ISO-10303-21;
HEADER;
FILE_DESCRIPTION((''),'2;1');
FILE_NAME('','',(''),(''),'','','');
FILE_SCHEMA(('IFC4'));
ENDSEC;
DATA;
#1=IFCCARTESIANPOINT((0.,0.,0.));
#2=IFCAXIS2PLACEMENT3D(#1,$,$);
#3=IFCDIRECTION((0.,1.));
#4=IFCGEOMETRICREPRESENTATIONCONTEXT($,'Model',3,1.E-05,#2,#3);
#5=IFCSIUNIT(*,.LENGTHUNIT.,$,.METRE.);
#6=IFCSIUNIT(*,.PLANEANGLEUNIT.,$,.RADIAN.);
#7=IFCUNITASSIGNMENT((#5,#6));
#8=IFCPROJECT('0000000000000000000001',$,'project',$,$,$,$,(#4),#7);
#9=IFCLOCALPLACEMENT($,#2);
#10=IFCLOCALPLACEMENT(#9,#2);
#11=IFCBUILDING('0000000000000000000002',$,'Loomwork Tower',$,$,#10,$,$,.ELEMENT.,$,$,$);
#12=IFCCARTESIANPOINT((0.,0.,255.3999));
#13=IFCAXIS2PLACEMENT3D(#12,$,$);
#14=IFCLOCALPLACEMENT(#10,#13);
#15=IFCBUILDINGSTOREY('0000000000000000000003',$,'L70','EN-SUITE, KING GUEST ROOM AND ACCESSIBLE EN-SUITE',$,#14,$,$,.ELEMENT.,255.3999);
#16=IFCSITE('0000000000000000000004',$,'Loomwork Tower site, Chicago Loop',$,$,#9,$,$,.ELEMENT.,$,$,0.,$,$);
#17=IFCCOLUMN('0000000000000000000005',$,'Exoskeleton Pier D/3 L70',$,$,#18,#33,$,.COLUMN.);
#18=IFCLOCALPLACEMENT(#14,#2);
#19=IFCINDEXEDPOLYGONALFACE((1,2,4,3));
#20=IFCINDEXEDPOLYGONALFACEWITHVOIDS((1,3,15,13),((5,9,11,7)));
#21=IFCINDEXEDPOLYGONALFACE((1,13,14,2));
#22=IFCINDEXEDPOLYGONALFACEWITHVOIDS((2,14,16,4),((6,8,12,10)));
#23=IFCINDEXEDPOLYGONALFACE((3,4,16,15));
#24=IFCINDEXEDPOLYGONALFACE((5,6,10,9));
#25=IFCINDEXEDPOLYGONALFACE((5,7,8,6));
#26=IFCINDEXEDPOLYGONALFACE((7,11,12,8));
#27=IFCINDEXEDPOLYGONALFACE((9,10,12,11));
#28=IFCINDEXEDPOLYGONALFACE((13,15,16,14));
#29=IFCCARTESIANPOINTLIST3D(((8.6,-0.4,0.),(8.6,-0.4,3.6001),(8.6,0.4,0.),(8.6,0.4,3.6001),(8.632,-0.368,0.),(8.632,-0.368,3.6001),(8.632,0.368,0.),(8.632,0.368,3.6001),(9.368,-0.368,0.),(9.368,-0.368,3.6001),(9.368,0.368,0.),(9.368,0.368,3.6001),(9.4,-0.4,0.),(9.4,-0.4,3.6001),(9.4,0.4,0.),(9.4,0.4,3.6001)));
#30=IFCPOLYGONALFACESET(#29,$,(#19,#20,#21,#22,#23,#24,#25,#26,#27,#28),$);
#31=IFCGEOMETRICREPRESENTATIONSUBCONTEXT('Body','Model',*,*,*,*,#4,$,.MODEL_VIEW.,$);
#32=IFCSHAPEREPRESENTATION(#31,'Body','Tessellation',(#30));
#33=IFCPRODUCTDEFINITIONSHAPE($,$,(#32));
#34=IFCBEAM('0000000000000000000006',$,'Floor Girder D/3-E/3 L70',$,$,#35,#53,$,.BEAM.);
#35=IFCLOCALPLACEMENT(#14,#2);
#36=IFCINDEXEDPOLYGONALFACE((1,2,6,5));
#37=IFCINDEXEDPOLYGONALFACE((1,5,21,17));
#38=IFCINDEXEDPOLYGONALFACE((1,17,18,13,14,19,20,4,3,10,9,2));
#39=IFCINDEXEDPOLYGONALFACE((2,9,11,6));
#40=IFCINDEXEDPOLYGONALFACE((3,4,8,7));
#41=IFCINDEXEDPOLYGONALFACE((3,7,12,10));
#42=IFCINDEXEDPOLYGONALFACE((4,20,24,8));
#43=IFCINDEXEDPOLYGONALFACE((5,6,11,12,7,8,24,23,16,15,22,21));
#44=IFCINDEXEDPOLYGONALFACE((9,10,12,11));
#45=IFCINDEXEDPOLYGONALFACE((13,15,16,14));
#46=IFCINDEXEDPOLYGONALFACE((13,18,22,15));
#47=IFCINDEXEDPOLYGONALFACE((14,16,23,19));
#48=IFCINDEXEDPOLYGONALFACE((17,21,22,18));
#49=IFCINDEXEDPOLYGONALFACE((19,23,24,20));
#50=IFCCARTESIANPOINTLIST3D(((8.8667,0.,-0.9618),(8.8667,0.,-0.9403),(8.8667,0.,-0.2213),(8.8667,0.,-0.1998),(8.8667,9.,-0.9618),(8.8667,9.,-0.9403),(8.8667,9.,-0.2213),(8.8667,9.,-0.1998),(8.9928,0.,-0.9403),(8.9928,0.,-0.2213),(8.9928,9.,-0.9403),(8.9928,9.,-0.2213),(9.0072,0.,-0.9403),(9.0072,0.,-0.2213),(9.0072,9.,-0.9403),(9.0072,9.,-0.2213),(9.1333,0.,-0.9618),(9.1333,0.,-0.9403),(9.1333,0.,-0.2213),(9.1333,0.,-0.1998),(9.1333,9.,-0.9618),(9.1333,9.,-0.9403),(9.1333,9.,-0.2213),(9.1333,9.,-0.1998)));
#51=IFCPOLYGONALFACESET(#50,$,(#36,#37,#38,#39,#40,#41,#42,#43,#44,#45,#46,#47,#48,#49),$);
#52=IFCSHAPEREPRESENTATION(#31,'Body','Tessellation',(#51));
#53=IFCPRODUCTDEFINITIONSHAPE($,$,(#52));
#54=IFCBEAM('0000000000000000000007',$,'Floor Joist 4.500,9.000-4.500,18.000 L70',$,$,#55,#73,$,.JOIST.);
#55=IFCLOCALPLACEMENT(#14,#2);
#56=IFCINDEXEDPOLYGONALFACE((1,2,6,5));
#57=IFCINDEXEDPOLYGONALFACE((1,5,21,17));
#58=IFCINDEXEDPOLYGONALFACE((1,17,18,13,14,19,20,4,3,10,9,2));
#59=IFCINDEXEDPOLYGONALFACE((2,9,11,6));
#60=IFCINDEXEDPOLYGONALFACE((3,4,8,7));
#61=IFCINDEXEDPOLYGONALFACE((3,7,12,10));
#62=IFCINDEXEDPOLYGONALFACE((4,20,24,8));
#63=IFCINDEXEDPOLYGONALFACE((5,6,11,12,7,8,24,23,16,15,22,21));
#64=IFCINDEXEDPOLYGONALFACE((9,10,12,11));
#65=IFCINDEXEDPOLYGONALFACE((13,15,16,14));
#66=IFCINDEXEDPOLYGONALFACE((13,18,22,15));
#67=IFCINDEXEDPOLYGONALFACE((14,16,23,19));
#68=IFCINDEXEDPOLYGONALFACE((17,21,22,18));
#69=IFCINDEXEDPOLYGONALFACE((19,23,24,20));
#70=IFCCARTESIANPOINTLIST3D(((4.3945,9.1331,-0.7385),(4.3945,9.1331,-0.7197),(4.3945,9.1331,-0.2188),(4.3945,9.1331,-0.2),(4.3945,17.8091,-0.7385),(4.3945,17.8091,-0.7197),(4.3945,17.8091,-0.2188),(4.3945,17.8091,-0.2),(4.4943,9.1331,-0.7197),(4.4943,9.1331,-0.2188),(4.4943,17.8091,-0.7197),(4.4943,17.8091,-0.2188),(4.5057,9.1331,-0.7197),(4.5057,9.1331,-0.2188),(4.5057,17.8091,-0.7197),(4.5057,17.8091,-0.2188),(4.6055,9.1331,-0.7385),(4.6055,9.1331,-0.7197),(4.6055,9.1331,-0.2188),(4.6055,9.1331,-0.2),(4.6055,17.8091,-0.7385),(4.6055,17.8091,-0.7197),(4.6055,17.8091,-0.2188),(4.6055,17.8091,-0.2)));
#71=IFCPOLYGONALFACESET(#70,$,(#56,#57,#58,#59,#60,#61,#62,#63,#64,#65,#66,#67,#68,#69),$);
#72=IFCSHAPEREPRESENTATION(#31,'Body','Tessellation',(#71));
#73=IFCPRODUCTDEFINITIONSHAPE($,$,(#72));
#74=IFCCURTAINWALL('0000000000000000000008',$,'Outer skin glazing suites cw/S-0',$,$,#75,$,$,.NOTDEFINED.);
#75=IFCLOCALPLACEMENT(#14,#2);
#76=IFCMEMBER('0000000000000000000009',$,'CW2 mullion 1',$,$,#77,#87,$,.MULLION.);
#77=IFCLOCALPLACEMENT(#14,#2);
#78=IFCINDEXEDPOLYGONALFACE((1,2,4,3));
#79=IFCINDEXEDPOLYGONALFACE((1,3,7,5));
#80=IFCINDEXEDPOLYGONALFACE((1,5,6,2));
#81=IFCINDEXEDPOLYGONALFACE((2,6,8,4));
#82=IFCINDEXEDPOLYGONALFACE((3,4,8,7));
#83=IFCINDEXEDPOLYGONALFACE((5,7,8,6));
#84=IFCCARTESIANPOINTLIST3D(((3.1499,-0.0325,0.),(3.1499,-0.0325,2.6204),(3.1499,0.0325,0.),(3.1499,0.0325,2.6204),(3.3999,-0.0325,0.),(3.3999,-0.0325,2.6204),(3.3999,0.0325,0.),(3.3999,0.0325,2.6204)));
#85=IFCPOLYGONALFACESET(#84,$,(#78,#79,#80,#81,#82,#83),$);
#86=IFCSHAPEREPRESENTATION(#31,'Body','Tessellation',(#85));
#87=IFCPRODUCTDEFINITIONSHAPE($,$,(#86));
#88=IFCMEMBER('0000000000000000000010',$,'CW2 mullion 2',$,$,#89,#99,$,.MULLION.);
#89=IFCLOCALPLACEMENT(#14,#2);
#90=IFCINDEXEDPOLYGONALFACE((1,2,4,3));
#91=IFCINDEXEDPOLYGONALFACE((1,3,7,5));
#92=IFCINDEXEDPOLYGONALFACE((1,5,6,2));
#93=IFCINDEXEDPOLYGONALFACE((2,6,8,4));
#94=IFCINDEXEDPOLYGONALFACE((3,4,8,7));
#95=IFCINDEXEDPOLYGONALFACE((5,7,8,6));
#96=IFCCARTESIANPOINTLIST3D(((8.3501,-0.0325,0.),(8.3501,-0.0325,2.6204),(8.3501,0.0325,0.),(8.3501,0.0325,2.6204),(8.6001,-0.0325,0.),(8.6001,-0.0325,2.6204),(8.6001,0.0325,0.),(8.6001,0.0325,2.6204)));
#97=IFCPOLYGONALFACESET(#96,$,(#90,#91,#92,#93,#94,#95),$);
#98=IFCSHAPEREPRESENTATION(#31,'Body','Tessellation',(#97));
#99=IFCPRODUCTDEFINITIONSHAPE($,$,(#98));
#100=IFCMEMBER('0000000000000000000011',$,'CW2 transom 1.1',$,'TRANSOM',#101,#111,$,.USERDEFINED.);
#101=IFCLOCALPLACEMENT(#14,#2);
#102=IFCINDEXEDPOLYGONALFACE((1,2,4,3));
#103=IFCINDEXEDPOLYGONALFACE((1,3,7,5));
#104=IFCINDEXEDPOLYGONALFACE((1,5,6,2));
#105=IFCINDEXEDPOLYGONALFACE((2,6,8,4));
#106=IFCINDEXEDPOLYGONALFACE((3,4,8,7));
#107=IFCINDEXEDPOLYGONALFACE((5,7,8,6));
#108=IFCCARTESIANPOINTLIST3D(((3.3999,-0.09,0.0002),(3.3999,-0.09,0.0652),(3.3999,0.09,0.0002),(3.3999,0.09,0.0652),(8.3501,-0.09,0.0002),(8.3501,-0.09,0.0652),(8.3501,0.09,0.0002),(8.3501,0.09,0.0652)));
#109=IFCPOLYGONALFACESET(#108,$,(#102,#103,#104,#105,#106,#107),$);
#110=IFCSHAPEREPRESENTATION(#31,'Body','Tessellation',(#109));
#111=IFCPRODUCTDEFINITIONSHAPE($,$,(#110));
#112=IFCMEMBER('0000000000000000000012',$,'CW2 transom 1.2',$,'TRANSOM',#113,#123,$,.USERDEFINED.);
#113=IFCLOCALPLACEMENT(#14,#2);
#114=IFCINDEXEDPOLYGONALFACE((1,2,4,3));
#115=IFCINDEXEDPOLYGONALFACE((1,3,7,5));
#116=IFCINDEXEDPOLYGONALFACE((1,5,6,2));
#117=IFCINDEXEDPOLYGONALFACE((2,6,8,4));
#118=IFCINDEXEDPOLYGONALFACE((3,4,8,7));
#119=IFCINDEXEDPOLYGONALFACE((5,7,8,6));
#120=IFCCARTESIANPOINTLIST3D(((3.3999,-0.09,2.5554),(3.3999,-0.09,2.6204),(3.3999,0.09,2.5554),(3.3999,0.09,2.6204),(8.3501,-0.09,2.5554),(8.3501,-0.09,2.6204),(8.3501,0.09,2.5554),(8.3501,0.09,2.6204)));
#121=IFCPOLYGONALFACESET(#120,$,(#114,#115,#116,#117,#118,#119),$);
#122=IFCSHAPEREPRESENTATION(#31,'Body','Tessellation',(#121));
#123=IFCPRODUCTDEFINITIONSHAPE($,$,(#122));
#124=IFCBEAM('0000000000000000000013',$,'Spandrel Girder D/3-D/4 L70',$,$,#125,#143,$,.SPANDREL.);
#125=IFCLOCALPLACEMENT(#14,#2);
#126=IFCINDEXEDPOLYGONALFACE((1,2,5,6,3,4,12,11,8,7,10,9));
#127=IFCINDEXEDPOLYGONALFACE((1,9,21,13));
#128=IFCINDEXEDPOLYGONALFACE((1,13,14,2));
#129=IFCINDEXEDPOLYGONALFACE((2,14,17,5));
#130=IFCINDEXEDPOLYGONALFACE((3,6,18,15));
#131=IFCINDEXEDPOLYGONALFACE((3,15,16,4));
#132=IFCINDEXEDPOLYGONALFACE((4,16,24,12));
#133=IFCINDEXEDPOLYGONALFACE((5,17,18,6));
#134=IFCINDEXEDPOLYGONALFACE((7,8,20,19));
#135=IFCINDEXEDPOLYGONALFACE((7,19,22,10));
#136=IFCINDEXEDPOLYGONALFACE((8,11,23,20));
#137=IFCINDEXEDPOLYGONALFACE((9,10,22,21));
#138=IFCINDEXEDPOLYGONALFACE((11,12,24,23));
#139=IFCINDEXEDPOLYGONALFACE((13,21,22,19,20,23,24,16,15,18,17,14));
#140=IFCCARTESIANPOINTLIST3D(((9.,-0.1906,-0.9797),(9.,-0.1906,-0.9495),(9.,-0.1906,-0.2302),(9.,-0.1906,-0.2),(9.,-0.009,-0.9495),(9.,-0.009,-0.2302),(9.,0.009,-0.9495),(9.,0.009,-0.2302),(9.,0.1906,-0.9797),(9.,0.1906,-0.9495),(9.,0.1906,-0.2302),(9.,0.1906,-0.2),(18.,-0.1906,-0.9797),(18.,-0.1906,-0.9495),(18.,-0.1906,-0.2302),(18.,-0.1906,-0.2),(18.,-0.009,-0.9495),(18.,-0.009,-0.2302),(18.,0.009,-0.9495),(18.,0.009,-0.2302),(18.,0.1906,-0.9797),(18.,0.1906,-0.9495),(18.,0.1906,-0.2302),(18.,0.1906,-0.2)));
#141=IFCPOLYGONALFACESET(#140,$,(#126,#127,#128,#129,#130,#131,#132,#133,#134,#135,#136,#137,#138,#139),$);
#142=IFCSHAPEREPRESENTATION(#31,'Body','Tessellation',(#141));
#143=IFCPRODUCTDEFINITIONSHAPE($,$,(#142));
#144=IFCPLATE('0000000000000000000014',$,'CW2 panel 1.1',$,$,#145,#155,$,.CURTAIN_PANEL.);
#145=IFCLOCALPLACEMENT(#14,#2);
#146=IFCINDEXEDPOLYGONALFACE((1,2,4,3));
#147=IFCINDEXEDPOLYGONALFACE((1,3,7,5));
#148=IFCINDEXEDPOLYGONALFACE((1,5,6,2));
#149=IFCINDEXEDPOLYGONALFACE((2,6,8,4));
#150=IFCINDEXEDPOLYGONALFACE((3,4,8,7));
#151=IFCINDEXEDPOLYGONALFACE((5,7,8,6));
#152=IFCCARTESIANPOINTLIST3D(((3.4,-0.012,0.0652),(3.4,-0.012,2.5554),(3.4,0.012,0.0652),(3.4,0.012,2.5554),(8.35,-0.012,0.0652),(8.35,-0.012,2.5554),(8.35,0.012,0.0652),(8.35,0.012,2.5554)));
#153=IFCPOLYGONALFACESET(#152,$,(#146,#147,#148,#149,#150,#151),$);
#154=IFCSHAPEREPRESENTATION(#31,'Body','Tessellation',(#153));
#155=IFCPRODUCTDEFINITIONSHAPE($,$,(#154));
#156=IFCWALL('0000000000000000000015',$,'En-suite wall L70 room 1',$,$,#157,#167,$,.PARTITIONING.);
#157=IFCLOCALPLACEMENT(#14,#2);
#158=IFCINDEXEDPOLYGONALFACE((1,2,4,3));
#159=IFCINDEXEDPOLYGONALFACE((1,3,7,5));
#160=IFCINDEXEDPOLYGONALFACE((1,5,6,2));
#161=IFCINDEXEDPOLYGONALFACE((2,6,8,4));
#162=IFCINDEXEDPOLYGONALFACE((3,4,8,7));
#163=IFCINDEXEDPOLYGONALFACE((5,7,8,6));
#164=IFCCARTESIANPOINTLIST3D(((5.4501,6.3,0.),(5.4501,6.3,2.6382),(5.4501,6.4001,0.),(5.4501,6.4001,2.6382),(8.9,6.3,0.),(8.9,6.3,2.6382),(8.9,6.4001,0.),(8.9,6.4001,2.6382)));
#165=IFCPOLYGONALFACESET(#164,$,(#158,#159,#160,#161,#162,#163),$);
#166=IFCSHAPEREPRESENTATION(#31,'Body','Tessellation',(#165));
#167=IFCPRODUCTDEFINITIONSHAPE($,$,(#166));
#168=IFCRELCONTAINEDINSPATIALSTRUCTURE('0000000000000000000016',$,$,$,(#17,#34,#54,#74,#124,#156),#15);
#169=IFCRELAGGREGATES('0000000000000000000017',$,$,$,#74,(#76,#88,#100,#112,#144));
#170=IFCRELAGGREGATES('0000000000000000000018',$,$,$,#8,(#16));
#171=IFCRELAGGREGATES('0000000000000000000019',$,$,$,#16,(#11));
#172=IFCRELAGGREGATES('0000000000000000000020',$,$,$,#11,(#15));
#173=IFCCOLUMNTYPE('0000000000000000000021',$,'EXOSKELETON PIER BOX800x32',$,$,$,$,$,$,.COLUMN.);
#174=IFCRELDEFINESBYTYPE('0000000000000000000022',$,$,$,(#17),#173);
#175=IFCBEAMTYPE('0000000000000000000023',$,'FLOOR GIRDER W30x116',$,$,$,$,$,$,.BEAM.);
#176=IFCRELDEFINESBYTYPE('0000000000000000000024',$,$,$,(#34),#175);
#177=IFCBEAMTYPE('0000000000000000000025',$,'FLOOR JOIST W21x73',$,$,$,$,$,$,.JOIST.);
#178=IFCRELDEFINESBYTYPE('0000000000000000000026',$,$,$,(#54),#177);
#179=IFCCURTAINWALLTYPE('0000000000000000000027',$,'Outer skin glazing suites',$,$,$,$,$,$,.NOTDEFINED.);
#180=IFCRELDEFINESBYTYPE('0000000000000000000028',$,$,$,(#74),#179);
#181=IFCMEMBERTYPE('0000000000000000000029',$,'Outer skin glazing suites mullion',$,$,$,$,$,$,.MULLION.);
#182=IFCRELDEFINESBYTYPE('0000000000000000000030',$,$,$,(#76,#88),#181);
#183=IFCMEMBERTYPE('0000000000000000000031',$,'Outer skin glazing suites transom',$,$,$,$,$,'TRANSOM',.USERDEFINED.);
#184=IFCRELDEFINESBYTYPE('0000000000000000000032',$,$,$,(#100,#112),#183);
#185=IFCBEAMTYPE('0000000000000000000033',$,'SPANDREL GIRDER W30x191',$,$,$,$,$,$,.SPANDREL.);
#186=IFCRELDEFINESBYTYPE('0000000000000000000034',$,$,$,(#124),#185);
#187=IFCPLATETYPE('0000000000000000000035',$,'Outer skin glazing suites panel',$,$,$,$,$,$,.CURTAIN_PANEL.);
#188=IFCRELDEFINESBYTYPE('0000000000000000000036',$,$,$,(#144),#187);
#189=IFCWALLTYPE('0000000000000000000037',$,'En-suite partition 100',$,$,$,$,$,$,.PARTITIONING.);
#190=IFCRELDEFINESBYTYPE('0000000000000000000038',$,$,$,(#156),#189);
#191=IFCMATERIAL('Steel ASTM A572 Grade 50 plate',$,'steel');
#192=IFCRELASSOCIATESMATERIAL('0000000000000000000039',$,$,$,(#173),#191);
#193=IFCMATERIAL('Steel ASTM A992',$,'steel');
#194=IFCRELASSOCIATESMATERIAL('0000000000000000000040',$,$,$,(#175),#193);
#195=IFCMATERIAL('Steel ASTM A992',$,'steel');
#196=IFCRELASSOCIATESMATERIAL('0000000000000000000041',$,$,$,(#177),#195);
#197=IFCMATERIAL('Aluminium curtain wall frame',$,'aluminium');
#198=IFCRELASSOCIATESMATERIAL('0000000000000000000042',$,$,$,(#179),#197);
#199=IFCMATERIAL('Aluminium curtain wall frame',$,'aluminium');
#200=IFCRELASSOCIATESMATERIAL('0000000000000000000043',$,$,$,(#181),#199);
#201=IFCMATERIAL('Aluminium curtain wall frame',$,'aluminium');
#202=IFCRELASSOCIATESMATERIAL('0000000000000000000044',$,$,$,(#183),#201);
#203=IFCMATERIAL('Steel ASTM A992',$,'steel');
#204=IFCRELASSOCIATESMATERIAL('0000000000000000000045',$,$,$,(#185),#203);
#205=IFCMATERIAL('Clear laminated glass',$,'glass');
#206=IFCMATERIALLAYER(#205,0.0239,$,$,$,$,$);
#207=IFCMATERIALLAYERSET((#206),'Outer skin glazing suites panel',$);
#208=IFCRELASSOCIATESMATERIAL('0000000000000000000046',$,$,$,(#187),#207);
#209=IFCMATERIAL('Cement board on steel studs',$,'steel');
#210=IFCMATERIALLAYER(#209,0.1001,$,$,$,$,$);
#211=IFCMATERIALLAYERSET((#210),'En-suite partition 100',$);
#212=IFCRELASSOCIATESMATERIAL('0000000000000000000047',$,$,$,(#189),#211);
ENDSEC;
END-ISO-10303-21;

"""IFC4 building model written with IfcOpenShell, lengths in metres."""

from ifc_helpers import new_model, si_unit, direction, frame, frame_2d, origin, origin_2d, place, context, subcontext, project, spatial, rectangle, hollow_rectangle, i_section, extrude, material, layer, layer_set, material_profile, profile_set, type_object, element, aggregate, save


model = new_model("IFC4")

# Units and contexts
model_context = context("Model", 3, precision=1e-05, world=origin(), true_north=direction((0.0, 1.0)))
body_context = subcontext(model_context, "Body", "Model", "MODEL_VIEW")
ifc_project = project(units=[si_unit("LENGTHUNIT", "METRE"), si_unit("PLANEANGLEUNIT", "RADIAN")], contexts=[model_context])

# Site, building, storey
site_placement = place(None, origin())
site = spatial("IfcSite", under=ifc_project, at=site_placement, Name="Loomwork Tower site, Chicago Loop", CompositionType="ELEMENT", RefElevation=0.0)
building_placement = place(site_placement, origin())
building = spatial("IfcBuilding", under=site, at=building_placement, Name="Loomwork Tower", CompositionType="ELEMENT")
storey_placement = place(building_placement, frame((0.0, 0.0, 255.3999)))
storey = spatial("IfcBuildingStorey", under=building, at=storey_placement, Name="L70", Description="EN-SUITE, KING GUEST ROOM AND ACCESSIBLE EN-SUITE", CompositionType="ELEMENT", Elevation=255.3999)

# Column
ifc_material_1 = material(Name="Steel ASTM A572 Grade 50 plate", Category="steel")
ifc_material_profile_1 = material_profile(ifc_material_1, hollow_rectangle(XDim=0.8, YDim=0.8, WallThickness=0.032, at=origin_2d()), Name="BOX800x32")
ifc_profile_set_1 = profile_set([ifc_material_profile_1], Name="Steel ASTM A572 Grade 50 plate")
column_type = type_object("IfcColumnType", Name="EXOSKELETON PIER BOX800x32", PredefinedType="COLUMN", material=ifc_profile_set_1)
column_placement = place(storey_placement, frame((9.0, 0.0, 0.0), z_axis=(0.0, 0.0, 1.0), x_axis=(1.0, 0.0, 0.0)))
element("IfcColumn", 1, at=column_placement, inside=storey, type_object=column_type, Name="Exoskeleton Pier D/3 L70", PredefinedType="COLUMN", context=body_context, shape_type="SweptSolid", body=[
    extrude(hollow_rectangle(XDim=0.8, YDim=0.8, WallThickness=0.032, at=origin_2d()), origin(), (0.0, 0.0, 1.0), 3.6001),
])

# Beams
ifc_material_2 = material(Name="Steel ASTM A992", Category="steel")
ifc_material_profile_2 = material_profile(ifc_material_2, i_section(OverallWidth=0.2666, OverallDepth=0.762, WebThickness=0.0144, FlangeThickness=0.0215, at=origin_2d()), Name="W30x116")
ifc_profile_set_2 = profile_set([ifc_material_profile_2], Name="Steel ASTM A992")
beam_type_1 = type_object("IfcBeamType", Name="FLOOR GIRDER W30x116", PredefinedType="BEAM", material=ifc_profile_set_2)
beam_1_placement = place(storey_placement, frame((9.0, 0.0, -0.5808), z_axis=(0.0, 1.0, 0.0), x_axis=(-1.0, 0.0, 0.0)))
element("IfcBeam", 2, at=beam_1_placement, inside=storey, type_object=beam_type_1, Name="Floor Girder D/3-E/3 L70", PredefinedType="BEAM", context=body_context, shape_type="SweptSolid", body=[
    extrude(i_section(OverallWidth=0.2666, OverallDepth=0.762, WebThickness=0.0144, FlangeThickness=0.0215, at=origin_2d()), origin(), (0.0, 0.0, 1.0), 9.0),
])
ifc_material_3 = material(Name="Steel ASTM A992", Category="steel")
ifc_material_profile_3 = material_profile(ifc_material_3, i_section(OverallWidth=0.2109, OverallDepth=0.5386, WebThickness=0.0115, FlangeThickness=0.0188, at=origin_2d()), Name="W21x73")
ifc_profile_set_3 = profile_set([ifc_material_profile_3], Name="Steel ASTM A992")
beam_type_2 = type_object("IfcBeamType", Name="FLOOR JOIST W21x73", PredefinedType="JOIST", material=ifc_profile_set_3)
beam_2_placement = place(storey_placement, frame((4.5, 9.1331, -0.4692), z_axis=(0.0, 1.0, 0.0), x_axis=(-1.0, 0.0, 0.0)))
element("IfcBeam", 3, at=beam_2_placement, inside=storey, type_object=beam_type_2, Name="Floor Joist 4.500,9.000-4.500,18.000 L70", PredefinedType="JOIST", context=body_context, shape_type="SweptSolid", body=[
    extrude(i_section(OverallWidth=0.2109, OverallDepth=0.5386, WebThickness=0.0115, FlangeThickness=0.0188, at=origin_2d()), origin(), (0.0, 0.0, 1.0), 8.676),
])

# Curtain wall, members
ifc_material_4 = material(Name="Aluminium curtain wall frame", Category="aluminium")
curtain_wall_type = type_object("IfcCurtainWallType", Name="Outer skin glazing suites", PredefinedType="NOTDEFINED", material=ifc_material_4)
curtain_wall_placement = place(storey_placement, origin())
curtain_wall = element("IfcCurtainWall", 4, at=curtain_wall_placement, inside=storey, type_object=curtain_wall_type, Name="Outer skin glazing suites cw/S-0", PredefinedType="NOTDEFINED")
ifc_material_5 = material(Name="Aluminium curtain wall frame", Category="aluminium")
ifc_material_profile_4 = material_profile(ifc_material_5, rectangle(XDim=0.0649, YDim=0.25, at=origin_2d()), Name="AL 65x250")
ifc_profile_set_4 = profile_set([ifc_material_profile_4], Name="Aluminium curtain wall frame")
member_type_1 = type_object("IfcMemberType", Name="Outer skin glazing suites mullion", PredefinedType="MULLION", material=ifc_profile_set_4)
member_1_placement = place(storey_placement, frame((3.2749, 0.0, 0.0), z_axis=(0.0, 0.0, 1.0), x_axis=(0.0, 1.0, 0.0)))
member_1 = element("IfcMember", 5, at=member_1_placement, type_object=member_type_1, Name="CW2 mullion 1", PredefinedType="MULLION", context=body_context, shape_type="SweptSolid", body=[
    extrude(rectangle(XDim=0.0649, YDim=0.25, at=origin_2d()), origin(), (0.0, 0.0, 1.0), 2.6204),
])
member_2_placement = place(storey_placement, frame((8.4751, 0.0, 0.0), z_axis=(0.0, 0.0, 1.0), x_axis=(0.0, 1.0, 0.0)))
member_2 = element("IfcMember", 6, at=member_2_placement, type_object=member_type_1, Name="CW2 mullion 2", PredefinedType="MULLION", context=body_context, shape_type="SweptSolid", body=[
    extrude(rectangle(XDim=0.0649, YDim=0.25, at=origin_2d()), origin(), (0.0, 0.0, 1.0), 2.6204),
])
ifc_material_6 = material(Name="Aluminium curtain wall frame", Category="aluminium")
ifc_material_profile_5 = material_profile(ifc_material_6, rectangle(XDim=0.1799, YDim=0.0649, at=origin_2d()), Name="AL 65x180")
ifc_profile_set_5 = profile_set([ifc_material_profile_5], Name="Aluminium curtain wall frame")
member_type_2 = type_object("IfcMemberType", Name="Outer skin glazing suites transom", ElementType="TRANSOM", PredefinedType="USERDEFINED", material=ifc_profile_set_5)
member_3_placement = place(storey_placement, frame((3.3999, 0.0, 0.0327), z_axis=(1.0, 0.0, 0.0), x_axis=(0.0, 1.0, 0.0)))
member_3 = element("IfcMember", 7, at=member_3_placement, type_object=member_type_2, Name="CW2 transom 1.1", ObjectType="TRANSOM", PredefinedType="USERDEFINED", context=body_context, shape_type="SweptSolid", body=[
    extrude(rectangle(XDim=0.1799, YDim=0.0649, at=origin_2d()), origin(), (0.0, 0.0, 1.0), 4.9502),
])
member_4_placement = place(storey_placement, frame((3.3999, 0.0, 2.5879), z_axis=(1.0, 0.0, 0.0), x_axis=(0.0, 1.0, 0.0)))
member_4 = element("IfcMember", 8, at=member_4_placement, type_object=member_type_2, Name="CW2 transom 1.2", ObjectType="TRANSOM", PredefinedType="USERDEFINED", context=body_context, shape_type="SweptSolid", body=[
    extrude(rectangle(XDim=0.1799, YDim=0.0649, at=origin_2d()), origin(), (0.0, 0.0, 1.0), 4.9502),
])

# Beam
ifc_material_7 = material(Name="Steel ASTM A992", Category="steel")
ifc_material_profile_6 = material_profile(ifc_material_7, i_section(OverallWidth=0.3811, OverallDepth=0.7798, WebThickness=0.0181, FlangeThickness=0.0303, at=origin_2d()), Name="W30x191")
ifc_profile_set_6 = profile_set([ifc_material_profile_6], Name="Steel ASTM A992")
beam_type_3 = type_object("IfcBeamType", Name="SPANDREL GIRDER W30x191", PredefinedType="SPANDREL", material=ifc_profile_set_6)
beam_3_placement = place(storey_placement, frame((9.0, 0.0, -0.5898), z_axis=(1.0, 0.0, 0.0), x_axis=(0.0, 1.0, 0.0)))
element("IfcBeam", 9, at=beam_3_placement, inside=storey, type_object=beam_type_3, Name="Spandrel Girder D/3-D/4 L70", PredefinedType="SPANDREL", context=body_context, shape_type="SweptSolid", body=[
    extrude(i_section(OverallWidth=0.3811, OverallDepth=0.7798, WebThickness=0.0181, FlangeThickness=0.0303, at=origin_2d()), origin(), (0.0, 0.0, 1.0), 9.0),
])

# Plate
ifc_material_8 = material(Name="Clear laminated glass", Category="glass")
ifc_layer_1 = layer(ifc_material_8, 0.0239)
ifc_layer_set_1 = layer_set([ifc_layer_1], Name="Outer skin glazing suites panel")
plate_type = type_object("IfcPlateType", Name="Outer skin glazing suites panel", PredefinedType="CURTAIN_PANEL", material=ifc_layer_set_1)
plate_placement = place(storey_placement, frame((5.875, 0.0, 0.0652), z_axis=(0.0, 0.0, 1.0), x_axis=(1.0, 0.0, 0.0)))
plate = element("IfcPlate", 10, at=plate_placement, type_object=plate_type, Name="CW2 panel 1.1", PredefinedType="CURTAIN_PANEL", context=body_context, shape_type="SweptSolid", body=[
    extrude(rectangle(XDim=4.95, YDim=0.0239, at=origin_2d()), origin(), (0.0, 0.0, 1.0), 2.4902),
])
aggregate(curtain_wall, [member_1, member_2, member_3, member_4, plate])

# Wall
ifc_material_9 = material(Name="Cement board on steel studs", Category="steel")
ifc_layer_2 = layer(ifc_material_9, 0.1001)
ifc_layer_set_2 = layer_set([ifc_layer_2], Name="En-suite partition 100")
wall_type_1 = type_object("IfcWallType", Name="En-suite partition 100", PredefinedType="PARTITIONING", material=ifc_layer_set_2)
wall_1_placement = place(storey_placement, frame((5.45, 6.3501, 0.0), z_axis=(0.0, 0.0, 1.0), x_axis=(1.0, 0.0, 0.0)))
element("IfcWall", 11, at=wall_1_placement, inside=storey, type_object=wall_type_1, Name="En-suite wall L70 room 1", PredefinedType="PARTITIONING", context=body_context, shape_type="SweptSolid", body=[
    extrude(rectangle(XDim=3.45, YDim=0.1001, at=frame_2d((1.7251, 0.0))), origin(), (0.0, 0.0, 1.0), 2.6382),
])

save(model, "model.ifc")
